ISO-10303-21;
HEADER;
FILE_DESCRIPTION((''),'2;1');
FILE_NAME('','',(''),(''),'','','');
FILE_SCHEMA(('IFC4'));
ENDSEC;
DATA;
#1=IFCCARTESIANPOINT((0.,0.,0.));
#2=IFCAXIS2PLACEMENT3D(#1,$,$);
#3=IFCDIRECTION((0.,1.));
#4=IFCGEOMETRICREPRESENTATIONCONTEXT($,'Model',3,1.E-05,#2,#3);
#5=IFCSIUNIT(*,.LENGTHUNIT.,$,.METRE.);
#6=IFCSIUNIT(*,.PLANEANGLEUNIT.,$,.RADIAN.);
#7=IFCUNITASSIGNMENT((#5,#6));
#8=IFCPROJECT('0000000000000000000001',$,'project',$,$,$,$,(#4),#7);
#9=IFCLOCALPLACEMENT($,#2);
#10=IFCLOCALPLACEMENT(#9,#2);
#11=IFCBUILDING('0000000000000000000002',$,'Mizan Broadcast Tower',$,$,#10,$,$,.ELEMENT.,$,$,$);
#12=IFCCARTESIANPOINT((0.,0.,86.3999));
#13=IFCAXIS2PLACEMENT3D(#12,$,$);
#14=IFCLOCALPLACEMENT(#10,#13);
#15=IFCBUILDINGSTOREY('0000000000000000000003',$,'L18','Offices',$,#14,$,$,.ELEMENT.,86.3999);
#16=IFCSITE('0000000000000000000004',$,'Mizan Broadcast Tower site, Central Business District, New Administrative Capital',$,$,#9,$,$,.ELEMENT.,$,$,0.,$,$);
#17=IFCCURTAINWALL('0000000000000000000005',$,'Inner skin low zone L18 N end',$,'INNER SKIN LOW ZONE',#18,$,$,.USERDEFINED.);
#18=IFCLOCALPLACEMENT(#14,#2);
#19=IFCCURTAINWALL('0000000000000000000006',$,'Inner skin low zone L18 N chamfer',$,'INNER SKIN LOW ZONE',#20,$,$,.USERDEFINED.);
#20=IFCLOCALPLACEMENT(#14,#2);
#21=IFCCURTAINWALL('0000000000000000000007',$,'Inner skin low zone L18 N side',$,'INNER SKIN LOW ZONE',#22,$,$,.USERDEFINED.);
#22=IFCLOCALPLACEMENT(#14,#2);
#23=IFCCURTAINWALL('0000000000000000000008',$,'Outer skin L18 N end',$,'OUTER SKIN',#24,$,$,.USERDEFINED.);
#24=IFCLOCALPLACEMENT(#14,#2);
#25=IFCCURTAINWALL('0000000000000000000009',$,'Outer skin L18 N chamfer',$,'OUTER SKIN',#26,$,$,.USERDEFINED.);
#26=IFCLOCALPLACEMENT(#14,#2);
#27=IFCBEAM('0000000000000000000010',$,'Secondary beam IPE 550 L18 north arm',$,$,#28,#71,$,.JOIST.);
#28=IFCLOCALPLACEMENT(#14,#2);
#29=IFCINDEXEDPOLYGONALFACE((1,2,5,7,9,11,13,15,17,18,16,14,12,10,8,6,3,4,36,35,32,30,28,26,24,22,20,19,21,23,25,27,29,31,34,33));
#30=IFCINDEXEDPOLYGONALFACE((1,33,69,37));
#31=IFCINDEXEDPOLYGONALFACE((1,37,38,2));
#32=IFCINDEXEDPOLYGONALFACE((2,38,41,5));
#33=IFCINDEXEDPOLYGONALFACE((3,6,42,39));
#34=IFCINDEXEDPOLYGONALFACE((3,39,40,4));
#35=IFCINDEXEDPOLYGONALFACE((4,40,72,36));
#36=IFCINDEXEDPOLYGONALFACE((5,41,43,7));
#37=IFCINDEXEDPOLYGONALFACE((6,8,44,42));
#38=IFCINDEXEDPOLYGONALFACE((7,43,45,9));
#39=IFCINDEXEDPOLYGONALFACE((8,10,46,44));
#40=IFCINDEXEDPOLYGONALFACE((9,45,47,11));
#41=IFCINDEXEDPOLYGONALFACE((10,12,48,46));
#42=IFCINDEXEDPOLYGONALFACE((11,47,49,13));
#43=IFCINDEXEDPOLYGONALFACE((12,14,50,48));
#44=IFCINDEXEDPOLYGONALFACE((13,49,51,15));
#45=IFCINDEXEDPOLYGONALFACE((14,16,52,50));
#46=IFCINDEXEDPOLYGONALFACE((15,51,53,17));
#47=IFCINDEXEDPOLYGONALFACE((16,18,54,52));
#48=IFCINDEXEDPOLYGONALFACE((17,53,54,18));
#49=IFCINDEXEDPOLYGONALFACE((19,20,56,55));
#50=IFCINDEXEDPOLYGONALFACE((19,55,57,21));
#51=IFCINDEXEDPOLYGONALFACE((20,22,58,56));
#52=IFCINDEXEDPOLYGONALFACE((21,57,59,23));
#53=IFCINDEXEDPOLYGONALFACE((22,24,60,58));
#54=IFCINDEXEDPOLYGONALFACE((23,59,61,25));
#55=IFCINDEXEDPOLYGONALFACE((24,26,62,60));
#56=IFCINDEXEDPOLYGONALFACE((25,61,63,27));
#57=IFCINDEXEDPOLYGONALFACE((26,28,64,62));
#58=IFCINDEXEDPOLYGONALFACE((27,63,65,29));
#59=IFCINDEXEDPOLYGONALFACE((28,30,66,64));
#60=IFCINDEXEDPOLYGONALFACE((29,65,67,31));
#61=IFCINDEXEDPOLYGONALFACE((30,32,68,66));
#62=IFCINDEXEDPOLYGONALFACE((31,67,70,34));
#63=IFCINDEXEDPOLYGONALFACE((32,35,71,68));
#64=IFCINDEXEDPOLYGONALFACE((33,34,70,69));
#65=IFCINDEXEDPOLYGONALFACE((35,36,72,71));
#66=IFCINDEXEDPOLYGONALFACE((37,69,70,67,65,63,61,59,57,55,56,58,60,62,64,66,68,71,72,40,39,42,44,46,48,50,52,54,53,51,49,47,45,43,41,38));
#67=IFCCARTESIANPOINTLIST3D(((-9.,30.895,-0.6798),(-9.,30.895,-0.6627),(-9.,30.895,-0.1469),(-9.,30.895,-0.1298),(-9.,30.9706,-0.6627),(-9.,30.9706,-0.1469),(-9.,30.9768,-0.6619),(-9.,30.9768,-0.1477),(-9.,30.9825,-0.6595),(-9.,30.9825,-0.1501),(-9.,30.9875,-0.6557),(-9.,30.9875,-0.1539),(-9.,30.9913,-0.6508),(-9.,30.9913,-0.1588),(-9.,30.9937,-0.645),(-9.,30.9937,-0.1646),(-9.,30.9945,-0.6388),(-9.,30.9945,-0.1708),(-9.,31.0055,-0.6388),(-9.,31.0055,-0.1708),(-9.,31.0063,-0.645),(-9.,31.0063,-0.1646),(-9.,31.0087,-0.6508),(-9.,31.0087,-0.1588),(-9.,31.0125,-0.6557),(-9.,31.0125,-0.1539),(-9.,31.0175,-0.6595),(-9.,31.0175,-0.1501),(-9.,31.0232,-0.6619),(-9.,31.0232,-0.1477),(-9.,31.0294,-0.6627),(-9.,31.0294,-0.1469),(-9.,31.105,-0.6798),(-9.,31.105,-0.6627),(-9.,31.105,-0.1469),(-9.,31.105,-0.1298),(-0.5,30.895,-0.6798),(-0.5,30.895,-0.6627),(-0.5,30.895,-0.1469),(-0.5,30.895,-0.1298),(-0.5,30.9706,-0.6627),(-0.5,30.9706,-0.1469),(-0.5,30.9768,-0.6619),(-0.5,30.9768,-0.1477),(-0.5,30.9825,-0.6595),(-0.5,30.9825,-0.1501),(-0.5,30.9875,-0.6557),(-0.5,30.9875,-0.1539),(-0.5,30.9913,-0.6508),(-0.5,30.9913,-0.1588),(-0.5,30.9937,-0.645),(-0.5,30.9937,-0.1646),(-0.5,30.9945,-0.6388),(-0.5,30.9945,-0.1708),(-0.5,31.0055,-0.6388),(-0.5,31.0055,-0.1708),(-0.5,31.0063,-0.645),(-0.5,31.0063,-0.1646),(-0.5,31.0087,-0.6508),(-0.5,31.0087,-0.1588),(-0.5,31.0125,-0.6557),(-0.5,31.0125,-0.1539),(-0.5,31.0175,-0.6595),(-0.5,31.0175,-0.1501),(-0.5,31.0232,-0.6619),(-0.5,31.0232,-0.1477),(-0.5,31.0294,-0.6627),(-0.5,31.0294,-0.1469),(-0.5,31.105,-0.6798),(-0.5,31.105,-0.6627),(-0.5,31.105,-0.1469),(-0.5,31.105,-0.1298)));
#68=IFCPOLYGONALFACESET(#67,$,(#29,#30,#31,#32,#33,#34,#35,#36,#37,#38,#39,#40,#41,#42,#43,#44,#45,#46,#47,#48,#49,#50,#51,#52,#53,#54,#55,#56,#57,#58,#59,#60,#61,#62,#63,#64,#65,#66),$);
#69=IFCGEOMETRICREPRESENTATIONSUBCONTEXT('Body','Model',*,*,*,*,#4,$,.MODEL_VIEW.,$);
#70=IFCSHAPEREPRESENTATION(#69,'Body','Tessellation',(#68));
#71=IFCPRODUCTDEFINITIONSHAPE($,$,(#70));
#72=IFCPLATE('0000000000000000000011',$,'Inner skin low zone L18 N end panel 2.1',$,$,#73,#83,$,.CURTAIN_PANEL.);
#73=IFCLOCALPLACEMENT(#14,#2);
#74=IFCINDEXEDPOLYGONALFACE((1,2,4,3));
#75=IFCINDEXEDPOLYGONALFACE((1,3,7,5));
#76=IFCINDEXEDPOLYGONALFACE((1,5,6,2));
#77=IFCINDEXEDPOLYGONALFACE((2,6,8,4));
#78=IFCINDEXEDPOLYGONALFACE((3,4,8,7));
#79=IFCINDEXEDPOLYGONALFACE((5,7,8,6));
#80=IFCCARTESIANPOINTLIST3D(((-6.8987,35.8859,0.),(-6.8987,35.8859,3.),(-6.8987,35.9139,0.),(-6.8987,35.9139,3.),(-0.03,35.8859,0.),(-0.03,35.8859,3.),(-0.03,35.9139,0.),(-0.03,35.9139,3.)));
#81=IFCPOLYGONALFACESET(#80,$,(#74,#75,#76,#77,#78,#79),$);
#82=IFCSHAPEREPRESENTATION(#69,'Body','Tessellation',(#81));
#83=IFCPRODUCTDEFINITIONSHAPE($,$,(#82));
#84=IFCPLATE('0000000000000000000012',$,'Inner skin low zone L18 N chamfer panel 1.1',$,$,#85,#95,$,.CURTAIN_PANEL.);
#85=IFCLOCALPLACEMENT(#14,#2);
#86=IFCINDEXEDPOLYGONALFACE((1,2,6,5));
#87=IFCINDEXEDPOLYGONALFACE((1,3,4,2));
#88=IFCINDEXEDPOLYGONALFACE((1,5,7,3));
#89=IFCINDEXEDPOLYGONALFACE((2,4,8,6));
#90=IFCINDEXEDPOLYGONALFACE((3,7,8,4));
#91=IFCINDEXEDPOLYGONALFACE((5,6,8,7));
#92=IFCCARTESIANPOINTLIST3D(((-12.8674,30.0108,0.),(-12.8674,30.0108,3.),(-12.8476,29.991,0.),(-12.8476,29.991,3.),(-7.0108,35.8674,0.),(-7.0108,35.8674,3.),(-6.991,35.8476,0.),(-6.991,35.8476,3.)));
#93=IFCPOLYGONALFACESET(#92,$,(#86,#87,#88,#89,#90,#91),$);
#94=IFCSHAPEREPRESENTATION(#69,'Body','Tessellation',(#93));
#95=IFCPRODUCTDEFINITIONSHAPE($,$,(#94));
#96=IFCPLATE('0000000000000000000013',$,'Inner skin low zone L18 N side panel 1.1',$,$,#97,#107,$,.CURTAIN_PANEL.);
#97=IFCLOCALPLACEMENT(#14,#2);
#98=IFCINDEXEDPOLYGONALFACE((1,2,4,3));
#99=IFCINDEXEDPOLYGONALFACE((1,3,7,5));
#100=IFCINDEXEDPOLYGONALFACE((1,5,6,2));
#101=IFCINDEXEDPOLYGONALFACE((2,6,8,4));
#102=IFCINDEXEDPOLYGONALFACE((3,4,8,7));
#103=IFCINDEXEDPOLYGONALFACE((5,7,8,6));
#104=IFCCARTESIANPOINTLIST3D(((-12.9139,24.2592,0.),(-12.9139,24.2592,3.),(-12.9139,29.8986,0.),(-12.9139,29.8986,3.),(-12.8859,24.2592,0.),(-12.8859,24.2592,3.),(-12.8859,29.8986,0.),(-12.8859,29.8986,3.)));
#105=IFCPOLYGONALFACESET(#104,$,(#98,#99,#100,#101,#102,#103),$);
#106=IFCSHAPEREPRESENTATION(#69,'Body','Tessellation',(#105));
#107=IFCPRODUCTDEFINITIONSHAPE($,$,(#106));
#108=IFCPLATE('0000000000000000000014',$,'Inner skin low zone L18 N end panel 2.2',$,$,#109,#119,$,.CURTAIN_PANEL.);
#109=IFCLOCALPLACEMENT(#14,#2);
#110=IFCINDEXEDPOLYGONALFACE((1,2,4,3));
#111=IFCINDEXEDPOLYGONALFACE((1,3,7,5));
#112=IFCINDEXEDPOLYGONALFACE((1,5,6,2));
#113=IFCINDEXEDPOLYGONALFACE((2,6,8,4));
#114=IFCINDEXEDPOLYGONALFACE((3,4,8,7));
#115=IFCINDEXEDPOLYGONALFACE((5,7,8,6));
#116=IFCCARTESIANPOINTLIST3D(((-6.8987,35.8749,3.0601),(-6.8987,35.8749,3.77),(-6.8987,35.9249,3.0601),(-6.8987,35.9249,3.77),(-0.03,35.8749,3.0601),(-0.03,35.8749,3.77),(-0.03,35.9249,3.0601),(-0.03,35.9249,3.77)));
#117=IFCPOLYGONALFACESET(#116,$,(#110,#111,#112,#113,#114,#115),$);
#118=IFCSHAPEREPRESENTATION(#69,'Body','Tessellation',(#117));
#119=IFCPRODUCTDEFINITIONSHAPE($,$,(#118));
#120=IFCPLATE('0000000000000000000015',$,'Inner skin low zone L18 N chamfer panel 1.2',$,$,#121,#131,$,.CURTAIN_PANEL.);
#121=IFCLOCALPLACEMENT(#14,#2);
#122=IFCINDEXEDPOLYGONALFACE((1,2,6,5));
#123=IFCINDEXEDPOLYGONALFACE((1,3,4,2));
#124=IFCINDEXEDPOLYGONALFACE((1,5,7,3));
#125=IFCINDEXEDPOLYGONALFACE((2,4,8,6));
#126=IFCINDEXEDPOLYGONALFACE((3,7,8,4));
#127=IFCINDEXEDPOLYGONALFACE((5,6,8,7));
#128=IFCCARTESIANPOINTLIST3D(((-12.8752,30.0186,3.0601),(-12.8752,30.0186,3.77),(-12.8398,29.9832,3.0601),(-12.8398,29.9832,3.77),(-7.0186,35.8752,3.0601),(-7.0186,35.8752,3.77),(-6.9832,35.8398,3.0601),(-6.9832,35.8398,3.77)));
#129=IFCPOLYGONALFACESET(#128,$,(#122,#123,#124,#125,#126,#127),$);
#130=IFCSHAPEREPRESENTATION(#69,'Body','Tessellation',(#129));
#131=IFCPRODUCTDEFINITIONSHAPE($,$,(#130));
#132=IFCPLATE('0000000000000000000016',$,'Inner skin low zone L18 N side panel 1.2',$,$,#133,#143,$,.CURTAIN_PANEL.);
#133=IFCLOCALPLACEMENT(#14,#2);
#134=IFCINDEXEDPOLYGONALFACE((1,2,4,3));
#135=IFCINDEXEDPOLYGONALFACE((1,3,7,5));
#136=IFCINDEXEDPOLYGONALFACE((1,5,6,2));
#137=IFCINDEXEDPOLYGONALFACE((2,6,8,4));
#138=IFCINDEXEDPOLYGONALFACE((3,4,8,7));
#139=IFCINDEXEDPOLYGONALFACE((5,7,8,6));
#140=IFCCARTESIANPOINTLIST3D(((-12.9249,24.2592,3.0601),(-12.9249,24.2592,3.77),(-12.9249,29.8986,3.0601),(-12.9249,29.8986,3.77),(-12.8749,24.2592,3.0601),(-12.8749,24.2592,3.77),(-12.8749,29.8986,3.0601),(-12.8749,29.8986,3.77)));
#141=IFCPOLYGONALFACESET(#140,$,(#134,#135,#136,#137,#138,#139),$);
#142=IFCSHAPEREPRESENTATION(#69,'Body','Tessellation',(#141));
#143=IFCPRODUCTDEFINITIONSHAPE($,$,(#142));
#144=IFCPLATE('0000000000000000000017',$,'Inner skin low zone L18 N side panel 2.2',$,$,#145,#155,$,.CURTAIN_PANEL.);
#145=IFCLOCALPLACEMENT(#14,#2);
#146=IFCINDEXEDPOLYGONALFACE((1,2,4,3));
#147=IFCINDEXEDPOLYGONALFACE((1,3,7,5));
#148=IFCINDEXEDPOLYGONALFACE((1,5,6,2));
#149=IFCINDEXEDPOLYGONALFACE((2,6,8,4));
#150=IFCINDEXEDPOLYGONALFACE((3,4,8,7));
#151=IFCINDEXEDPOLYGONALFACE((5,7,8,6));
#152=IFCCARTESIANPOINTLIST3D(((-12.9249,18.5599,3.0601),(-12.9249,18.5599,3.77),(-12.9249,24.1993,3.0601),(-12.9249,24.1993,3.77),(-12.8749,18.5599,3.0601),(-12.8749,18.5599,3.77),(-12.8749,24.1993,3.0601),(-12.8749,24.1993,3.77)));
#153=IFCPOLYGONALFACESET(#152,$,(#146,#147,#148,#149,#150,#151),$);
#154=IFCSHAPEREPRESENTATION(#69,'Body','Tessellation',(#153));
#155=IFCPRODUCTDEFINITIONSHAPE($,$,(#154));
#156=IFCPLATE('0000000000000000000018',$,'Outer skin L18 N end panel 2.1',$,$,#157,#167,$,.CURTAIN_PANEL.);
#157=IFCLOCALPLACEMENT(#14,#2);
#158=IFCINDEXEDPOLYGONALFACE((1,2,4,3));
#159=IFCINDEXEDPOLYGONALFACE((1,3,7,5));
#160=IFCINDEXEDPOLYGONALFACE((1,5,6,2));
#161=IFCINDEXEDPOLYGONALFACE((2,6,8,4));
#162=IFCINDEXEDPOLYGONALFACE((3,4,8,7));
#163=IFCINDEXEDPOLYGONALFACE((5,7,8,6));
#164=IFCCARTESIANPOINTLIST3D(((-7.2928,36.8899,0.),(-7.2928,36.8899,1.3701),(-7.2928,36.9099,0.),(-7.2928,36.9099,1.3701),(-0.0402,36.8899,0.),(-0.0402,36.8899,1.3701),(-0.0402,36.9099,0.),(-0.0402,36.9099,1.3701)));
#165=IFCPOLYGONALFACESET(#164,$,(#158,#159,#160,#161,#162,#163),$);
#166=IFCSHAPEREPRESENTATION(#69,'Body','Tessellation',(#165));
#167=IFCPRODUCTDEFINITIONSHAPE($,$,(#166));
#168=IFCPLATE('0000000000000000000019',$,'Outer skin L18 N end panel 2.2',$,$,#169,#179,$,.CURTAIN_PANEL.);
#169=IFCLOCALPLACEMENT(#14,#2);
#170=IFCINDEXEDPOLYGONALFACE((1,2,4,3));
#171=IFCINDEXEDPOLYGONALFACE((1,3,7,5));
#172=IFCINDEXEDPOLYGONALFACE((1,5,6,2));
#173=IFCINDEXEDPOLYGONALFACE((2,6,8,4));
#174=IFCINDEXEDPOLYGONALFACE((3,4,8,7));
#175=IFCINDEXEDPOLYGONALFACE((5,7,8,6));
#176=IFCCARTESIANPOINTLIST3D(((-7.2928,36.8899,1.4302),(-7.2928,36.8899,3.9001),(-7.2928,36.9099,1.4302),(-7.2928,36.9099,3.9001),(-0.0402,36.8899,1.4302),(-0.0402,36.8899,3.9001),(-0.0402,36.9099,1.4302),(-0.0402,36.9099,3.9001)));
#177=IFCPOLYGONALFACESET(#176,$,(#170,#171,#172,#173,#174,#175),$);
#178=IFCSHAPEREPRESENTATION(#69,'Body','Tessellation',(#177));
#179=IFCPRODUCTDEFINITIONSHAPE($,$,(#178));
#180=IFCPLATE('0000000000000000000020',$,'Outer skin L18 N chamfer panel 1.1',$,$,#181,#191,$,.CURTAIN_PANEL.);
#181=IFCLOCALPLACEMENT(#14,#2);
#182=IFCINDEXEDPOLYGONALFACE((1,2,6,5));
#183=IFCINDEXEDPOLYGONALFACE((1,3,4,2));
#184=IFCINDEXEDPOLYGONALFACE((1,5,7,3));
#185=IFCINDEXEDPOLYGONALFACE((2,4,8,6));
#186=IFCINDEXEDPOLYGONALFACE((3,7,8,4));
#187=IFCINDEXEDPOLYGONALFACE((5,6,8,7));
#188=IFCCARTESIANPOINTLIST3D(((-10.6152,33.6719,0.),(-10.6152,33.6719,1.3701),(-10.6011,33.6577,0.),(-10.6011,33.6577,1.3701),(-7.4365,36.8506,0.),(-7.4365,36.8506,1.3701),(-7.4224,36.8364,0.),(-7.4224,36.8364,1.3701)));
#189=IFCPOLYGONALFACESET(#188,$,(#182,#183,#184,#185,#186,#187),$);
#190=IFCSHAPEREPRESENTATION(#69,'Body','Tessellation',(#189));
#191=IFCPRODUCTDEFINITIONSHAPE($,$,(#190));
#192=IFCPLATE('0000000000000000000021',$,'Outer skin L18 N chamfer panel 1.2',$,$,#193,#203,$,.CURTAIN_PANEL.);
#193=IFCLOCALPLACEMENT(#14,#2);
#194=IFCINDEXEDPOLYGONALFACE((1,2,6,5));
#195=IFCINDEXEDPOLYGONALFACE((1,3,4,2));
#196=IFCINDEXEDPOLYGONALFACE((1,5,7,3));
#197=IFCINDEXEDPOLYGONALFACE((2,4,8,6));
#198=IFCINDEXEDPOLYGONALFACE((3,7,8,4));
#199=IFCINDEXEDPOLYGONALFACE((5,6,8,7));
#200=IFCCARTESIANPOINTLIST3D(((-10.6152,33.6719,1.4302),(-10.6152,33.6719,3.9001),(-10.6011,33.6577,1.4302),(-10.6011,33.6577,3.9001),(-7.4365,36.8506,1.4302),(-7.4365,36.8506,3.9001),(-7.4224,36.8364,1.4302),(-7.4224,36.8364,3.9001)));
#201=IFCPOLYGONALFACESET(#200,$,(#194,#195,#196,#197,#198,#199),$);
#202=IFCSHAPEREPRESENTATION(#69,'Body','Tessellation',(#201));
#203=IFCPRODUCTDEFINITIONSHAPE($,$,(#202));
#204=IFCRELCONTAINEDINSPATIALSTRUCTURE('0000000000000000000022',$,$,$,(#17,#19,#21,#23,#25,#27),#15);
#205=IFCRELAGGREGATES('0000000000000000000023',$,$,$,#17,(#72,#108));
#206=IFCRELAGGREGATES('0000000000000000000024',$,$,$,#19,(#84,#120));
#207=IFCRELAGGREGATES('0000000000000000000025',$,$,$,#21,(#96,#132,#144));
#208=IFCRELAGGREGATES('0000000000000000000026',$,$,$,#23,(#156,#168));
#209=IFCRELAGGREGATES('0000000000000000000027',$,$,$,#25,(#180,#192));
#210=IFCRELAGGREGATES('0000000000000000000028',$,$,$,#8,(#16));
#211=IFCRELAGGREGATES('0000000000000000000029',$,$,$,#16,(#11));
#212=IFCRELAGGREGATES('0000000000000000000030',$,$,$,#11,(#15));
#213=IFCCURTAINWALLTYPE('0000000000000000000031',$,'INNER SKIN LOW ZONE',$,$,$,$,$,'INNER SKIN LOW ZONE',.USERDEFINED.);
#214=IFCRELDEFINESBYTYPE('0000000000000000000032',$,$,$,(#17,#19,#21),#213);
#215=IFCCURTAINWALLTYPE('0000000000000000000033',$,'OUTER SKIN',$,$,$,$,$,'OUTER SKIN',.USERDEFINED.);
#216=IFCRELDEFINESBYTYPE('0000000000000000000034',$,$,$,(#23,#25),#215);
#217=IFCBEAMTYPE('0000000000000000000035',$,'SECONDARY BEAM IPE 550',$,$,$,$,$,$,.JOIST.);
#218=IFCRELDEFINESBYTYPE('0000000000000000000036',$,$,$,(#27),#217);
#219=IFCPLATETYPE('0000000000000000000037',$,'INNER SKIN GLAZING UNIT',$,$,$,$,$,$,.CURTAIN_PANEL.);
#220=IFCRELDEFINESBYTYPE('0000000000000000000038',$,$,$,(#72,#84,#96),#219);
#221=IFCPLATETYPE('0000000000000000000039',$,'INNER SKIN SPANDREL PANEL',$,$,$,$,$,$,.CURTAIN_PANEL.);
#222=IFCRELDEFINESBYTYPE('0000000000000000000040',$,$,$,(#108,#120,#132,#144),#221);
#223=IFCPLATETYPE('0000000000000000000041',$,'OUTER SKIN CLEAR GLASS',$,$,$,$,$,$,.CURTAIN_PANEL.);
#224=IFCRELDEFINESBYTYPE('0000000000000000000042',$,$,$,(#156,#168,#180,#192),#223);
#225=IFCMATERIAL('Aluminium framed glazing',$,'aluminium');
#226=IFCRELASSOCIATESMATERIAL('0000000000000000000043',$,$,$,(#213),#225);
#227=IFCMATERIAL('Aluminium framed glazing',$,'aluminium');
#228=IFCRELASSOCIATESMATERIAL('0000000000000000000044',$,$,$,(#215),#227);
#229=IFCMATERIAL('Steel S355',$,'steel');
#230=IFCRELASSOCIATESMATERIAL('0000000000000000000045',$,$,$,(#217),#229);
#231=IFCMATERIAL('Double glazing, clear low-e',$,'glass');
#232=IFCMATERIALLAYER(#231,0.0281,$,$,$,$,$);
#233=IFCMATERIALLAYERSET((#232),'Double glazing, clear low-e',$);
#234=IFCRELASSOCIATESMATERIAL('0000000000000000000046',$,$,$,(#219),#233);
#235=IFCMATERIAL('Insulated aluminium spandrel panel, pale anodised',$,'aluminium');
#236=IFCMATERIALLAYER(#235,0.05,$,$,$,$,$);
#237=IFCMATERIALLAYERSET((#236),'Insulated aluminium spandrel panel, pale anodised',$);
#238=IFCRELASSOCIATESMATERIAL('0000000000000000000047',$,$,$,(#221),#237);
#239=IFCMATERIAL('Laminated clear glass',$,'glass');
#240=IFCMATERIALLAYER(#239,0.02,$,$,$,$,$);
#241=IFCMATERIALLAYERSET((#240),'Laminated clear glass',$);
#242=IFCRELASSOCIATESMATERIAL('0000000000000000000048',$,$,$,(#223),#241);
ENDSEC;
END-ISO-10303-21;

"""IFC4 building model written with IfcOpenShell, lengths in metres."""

from ifc_helpers import new_model, si_unit, direction, frame, origin, origin_2d, place, context, subcontext, project, spatial, rectangle, i_section, extrude, material, layer, layer_set, material_profile, profile_set, type_object, element, aggregate, save


model = new_model("IFC4")

# Units and contexts
model_context = context("Model", 3, precision=1e-05, world=origin(), true_north=direction((0.0, 1.0)))
body_context = subcontext(model_context, "Body", "Model", "MODEL_VIEW")
ifc_project = project(units=[si_unit("LENGTHUNIT", "METRE"), si_unit("PLANEANGLEUNIT", "RADIAN")], contexts=[model_context])

# Site, building, storey
site_placement = place(None, origin())
site = spatial("IfcSite", under=ifc_project, at=site_placement, Name="Mizan Broadcast Tower site, Central Business District, New Administrative Capital", CompositionType="ELEMENT", RefElevation=0.0)
building_placement = place(site_placement, origin())
building = spatial("IfcBuilding", under=site, at=building_placement, Name="Mizan Broadcast Tower", CompositionType="ELEMENT")
storey_placement = place(building_placement, frame((0.0, 0.0, 86.3999)))
storey = spatial("IfcBuildingStorey", under=building, at=storey_placement, Name="L18", Description="Offices", CompositionType="ELEMENT", Elevation=86.3999)

# Curtain walls
ifc_material_1 = material(Name="Aluminium framed glazing", Category="aluminium")
curtain_wall_type_1 = type_object("IfcCurtainWallType", Name="INNER SKIN LOW ZONE", ElementType="INNER SKIN LOW ZONE", PredefinedType="USERDEFINED", material=ifc_material_1)
curtain_wall_1_placement = place(storey_placement, origin())
curtain_wall_1 = element("IfcCurtainWall", 1, at=curtain_wall_1_placement, inside=storey, type_object=curtain_wall_type_1, Name="Inner skin low zone L18 N end", ObjectType="INNER SKIN LOW ZONE", PredefinedType="USERDEFINED")
curtain_wall_2_placement = place(storey_placement, origin())
curtain_wall_2 = element("IfcCurtainWall", 2, at=curtain_wall_2_placement, inside=storey, type_object=curtain_wall_type_1, Name="Inner skin low zone L18 N chamfer", ObjectType="INNER SKIN LOW ZONE", PredefinedType="USERDEFINED")
curtain_wall_3_placement = place(storey_placement, origin())
curtain_wall_3 = element("IfcCurtainWall", 3, at=curtain_wall_3_placement, inside=storey, type_object=curtain_wall_type_1, Name="Inner skin low zone L18 N side", ObjectType="INNER SKIN LOW ZONE", PredefinedType="USERDEFINED")

# Curtain walls
ifc_material_2 = material(Name="Aluminium framed glazing", Category="aluminium")
curtain_wall_type_2 = type_object("IfcCurtainWallType", Name="OUTER SKIN", ElementType="OUTER SKIN", PredefinedType="USERDEFINED", material=ifc_material_2)
curtain_wall_4_placement = place(storey_placement, origin())
curtain_wall_4 = element("IfcCurtainWall", 4, at=curtain_wall_4_placement, inside=storey, type_object=curtain_wall_type_2, Name="Outer skin L18 N end", ObjectType="OUTER SKIN", PredefinedType="USERDEFINED")
curtain_wall_5_placement = place(storey_placement, origin())
curtain_wall_5 = element("IfcCurtainWall", 5, at=curtain_wall_5_placement, inside=storey, type_object=curtain_wall_type_2, Name="Outer skin L18 N chamfer", ObjectType="OUTER SKIN", PredefinedType="USERDEFINED")

# Beam
ifc_material_3 = material(Name="Steel S355", Category="steel")
ifc_material_profile_1 = material_profile(ifc_material_3, i_section(OverallWidth=0.21, OverallDepth=0.55, WebThickness=0.011, FlangeThickness=0.0171, FilletRadius=0.0239, at=origin_2d()), Name="IPE 550")
ifc_profile_set_1 = profile_set([ifc_material_profile_1], Name="Steel S355")
beam_type_1 = type_object("IfcBeamType", Name="SECONDARY BEAM IPE 550", PredefinedType="JOIST", material=ifc_profile_set_1)
beam_1_placement = place(storey_placement, frame((-9.0, 31.0, -0.4048), z_axis=(1.0, 0.0, 0.0), x_axis=(0.0, 1.0, 0.0)))
element("IfcBeam", 6, at=beam_1_placement, inside=storey, type_object=beam_type_1, Name="Secondary beam IPE 550 L18 north arm", PredefinedType="JOIST", context=body_context, shape_type="SweptSolid", body=[
    extrude(i_section(OverallWidth=0.21, OverallDepth=0.55, WebThickness=0.011, FlangeThickness=0.0171, FilletRadius=0.0239, at=origin_2d()), origin(), (0.0, 0.0, 1.0), 8.5),
])

# Plates
ifc_material_4 = material(Name="Double glazing, clear low-e", Category="glass")
ifc_layer_1 = layer(ifc_material_4, 0.0281)
ifc_layer_set_1 = layer_set([ifc_layer_1], Name="Double glazing, clear low-e")
plate_type_1 = type_object("IfcPlateType", Name="INNER SKIN GLAZING UNIT", PredefinedType="CURTAIN_PANEL", material=ifc_layer_set_1)
plate_1_placement = place(storey_placement, frame((-3.4644, 35.8999, 0.0), z_axis=(0.0, 0.0, 1.0), x_axis=(-1.0, 0.0, 0.0)))
plate_1 = element("IfcPlate", 7, at=plate_1_placement, type_object=plate_type_1, Name="Inner skin low zone L18 N end panel 2.1", PredefinedType="CURTAIN_PANEL", context=body_context, shape_type="SweptSolid", body=[
    extrude(rectangle(XDim=6.8687, YDim=0.0281, at=origin_2d()), origin(), (0.0, 0.0, 1.0), 3.0),
])
plate_2_placement = place(storey_placement, frame((-9.9292, 32.9292, 0.0), z_axis=(0.0, 0.0, 1.0), x_axis=(-0.707107, -0.707107, 0.0)))
plate_2 = element("IfcPlate", 8, at=plate_2_placement, type_object=plate_type_1, Name="Inner skin low zone L18 N chamfer panel 1.1", PredefinedType="CURTAIN_PANEL", context=body_context, shape_type="SweptSolid", body=[
    extrude(rectangle(XDim=8.2825, YDim=0.0281, at=origin_2d()), origin(), (0.0, 0.0, 1.0), 3.0),
])
plate_3_placement = place(storey_placement, frame((-12.8999, 27.0789, 0.0), z_axis=(0.0, 0.0, 1.0), x_axis=(0.0, -1.0, 0.0)))
plate_3 = element("IfcPlate", 9, at=plate_3_placement, type_object=plate_type_1, Name="Inner skin low zone L18 N side panel 1.1", PredefinedType="CURTAIN_PANEL", context=body_context, shape_type="SweptSolid", body=[
    extrude(rectangle(XDim=5.6394, YDim=0.0281, at=origin_2d()), origin(), (0.0, 0.0, 1.0), 3.0),
])
ifc_material_5 = material(Name="Insulated aluminium spandrel panel, pale anodised", Category="aluminium")
ifc_layer_2 = layer(ifc_material_5, 0.05)
ifc_layer_set_2 = layer_set([ifc_layer_2], Name="Insulated aluminium spandrel panel, pale anodised")
plate_type_2 = type_object("IfcPlateType", Name="INNER SKIN SPANDREL PANEL", PredefinedType="CURTAIN_PANEL", material=ifc_layer_set_2)
plate_4_placement = place(storey_placement, frame((-3.4644, 35.8999, 3.0601), z_axis=(0.0, 0.0, 1.0), x_axis=(-1.0, 0.0, 0.0)))
plate_4 = element("IfcPlate", 10, at=plate_4_placement, type_object=plate_type_2, Name="Inner skin low zone L18 N end panel 2.2", PredefinedType="CURTAIN_PANEL", context=body_context, shape_type="SweptSolid", body=[
    extrude(rectangle(XDim=6.8687, YDim=0.05, at=origin_2d()), origin(), (0.0, 0.0, 1.0), 0.71),
])
aggregate(curtain_wall_1, [plate_1, plate_4])
plate_5_placement = place(storey_placement, frame((-9.9292, 32.9292, 3.0601), z_axis=(0.0, 0.0, 1.0), x_axis=(-0.707107, -0.707107, 0.0)))
plate_5 = element("IfcPlate", 11, at=plate_5_placement, type_object=plate_type_2, Name="Inner skin low zone L18 N chamfer panel 1.2", PredefinedType="CURTAIN_PANEL", context=body_context, shape_type="SweptSolid", body=[
    extrude(rectangle(XDim=8.2825, YDim=0.05, at=origin_2d()), origin(), (0.0, 0.0, 1.0), 0.71),
])
aggregate(curtain_wall_2, [plate_2, plate_5])
plate_6_placement = place(storey_placement, frame((-12.8999, 27.0789, 3.0601), z_axis=(0.0, 0.0, 1.0), x_axis=(0.0, -1.0, 0.0)))
plate_6 = element("IfcPlate", 12, at=plate_6_placement, type_object=plate_type_2, Name="Inner skin low zone L18 N side panel 1.2", PredefinedType="CURTAIN_PANEL", context=body_context, shape_type="SweptSolid", body=[
    extrude(rectangle(XDim=5.6394, YDim=0.05, at=origin_2d()), origin(), (0.0, 0.0, 1.0), 0.71),
])
plate_7_placement = place(storey_placement, frame((-12.8999, 21.3796, 3.0601), z_axis=(0.0, 0.0, 1.0), x_axis=(0.0, -1.0, 0.0)))
plate_7 = element("IfcPlate", 13, at=plate_7_placement, type_object=plate_type_2, Name="Inner skin low zone L18 N side panel 2.2", PredefinedType="CURTAIN_PANEL", context=body_context, shape_type="SweptSolid", body=[
    extrude(rectangle(XDim=5.6394, YDim=0.05, at=origin_2d()), origin(), (0.0, 0.0, 1.0), 0.71),
])
aggregate(curtain_wall_3, [plate_3, plate_6, plate_7])
ifc_material_6 = material(Name="Laminated clear glass", Category="glass")
ifc_layer_3 = layer(ifc_material_6, 0.02)
ifc_layer_set_3 = layer_set([ifc_layer_3], Name="Laminated clear glass")
plate_type_3 = type_object("IfcPlateType", Name="OUTER SKIN CLEAR GLASS", PredefinedType="CURTAIN_PANEL", material=ifc_layer_set_3)
plate_8_placement = place(storey_placement, frame((-3.6665, 36.8999, 0.0), z_axis=(0.0, 0.0, 1.0), x_axis=(-1.0, 0.0, 0.0)))
plate_8 = element("IfcPlate", 14, at=plate_8_placement, type_object=plate_type_3, Name="Outer skin L18 N end panel 2.1", PredefinedType="CURTAIN_PANEL", context=body_context, shape_type="SweptSolid", body=[
    extrude(rectangle(XDim=7.2527, YDim=0.02, at=origin_2d()), origin(), (0.0, 0.0, 1.0), 1.3701),
])
plate_9_placement = place(storey_placement, frame((-3.6665, 36.8999, 1.4302), z_axis=(0.0, 0.0, 1.0), x_axis=(-1.0, 0.0, 0.0)))
plate_9 = element("IfcPlate", 15, at=plate_9_placement, type_object=plate_type_3, Name="Outer skin L18 N end panel 2.2", PredefinedType="CURTAIN_PANEL", context=body_context, shape_type="SweptSolid", body=[
    extrude(rectangle(XDim=7.2527, YDim=0.02, at=origin_2d()), origin(), (0.0, 0.0, 1.0), 2.47),
])
aggregate(curtain_wall_4, [plate_8, plate_9])
plate_10_placement = place(storey_placement, frame((-9.0188, 35.2542, 0.0), z_axis=(0.0, 0.0, 1.0), x_axis=(-0.707107, -0.707107, 0.0)))
plate_10 = element("IfcPlate", 16, at=plate_10_placement, type_object=plate_type_3, Name="Outer skin L18 N chamfer panel 1.1", PredefinedType="CURTAIN_PANEL", context=body_context, shape_type="SweptSolid", body=[
    extrude(rectangle(XDim=4.4954, YDim=0.02, at=origin_2d()), origin(), (0.0, 0.0, 1.0), 1.3701),
])
plate_11_placement = place(storey_placement, frame((-9.0188, 35.2542, 1.4302), z_axis=(0.0, 0.0, 1.0), x_axis=(-0.707107, -0.707107, 0.0)))
plate_11 = element("IfcPlate", 17, at=plate_11_placement, type_object=plate_type_3, Name="Outer skin L18 N chamfer panel 1.2", PredefinedType="CURTAIN_PANEL", context=body_context, shape_type="SweptSolid", body=[
    extrude(rectangle(XDim=4.4954, YDim=0.02, at=origin_2d()), origin(), (0.0, 0.0, 1.0), 2.47),
])
aggregate(curtain_wall_5, [plate_10, plate_11])

save(model, "model.ifc")
